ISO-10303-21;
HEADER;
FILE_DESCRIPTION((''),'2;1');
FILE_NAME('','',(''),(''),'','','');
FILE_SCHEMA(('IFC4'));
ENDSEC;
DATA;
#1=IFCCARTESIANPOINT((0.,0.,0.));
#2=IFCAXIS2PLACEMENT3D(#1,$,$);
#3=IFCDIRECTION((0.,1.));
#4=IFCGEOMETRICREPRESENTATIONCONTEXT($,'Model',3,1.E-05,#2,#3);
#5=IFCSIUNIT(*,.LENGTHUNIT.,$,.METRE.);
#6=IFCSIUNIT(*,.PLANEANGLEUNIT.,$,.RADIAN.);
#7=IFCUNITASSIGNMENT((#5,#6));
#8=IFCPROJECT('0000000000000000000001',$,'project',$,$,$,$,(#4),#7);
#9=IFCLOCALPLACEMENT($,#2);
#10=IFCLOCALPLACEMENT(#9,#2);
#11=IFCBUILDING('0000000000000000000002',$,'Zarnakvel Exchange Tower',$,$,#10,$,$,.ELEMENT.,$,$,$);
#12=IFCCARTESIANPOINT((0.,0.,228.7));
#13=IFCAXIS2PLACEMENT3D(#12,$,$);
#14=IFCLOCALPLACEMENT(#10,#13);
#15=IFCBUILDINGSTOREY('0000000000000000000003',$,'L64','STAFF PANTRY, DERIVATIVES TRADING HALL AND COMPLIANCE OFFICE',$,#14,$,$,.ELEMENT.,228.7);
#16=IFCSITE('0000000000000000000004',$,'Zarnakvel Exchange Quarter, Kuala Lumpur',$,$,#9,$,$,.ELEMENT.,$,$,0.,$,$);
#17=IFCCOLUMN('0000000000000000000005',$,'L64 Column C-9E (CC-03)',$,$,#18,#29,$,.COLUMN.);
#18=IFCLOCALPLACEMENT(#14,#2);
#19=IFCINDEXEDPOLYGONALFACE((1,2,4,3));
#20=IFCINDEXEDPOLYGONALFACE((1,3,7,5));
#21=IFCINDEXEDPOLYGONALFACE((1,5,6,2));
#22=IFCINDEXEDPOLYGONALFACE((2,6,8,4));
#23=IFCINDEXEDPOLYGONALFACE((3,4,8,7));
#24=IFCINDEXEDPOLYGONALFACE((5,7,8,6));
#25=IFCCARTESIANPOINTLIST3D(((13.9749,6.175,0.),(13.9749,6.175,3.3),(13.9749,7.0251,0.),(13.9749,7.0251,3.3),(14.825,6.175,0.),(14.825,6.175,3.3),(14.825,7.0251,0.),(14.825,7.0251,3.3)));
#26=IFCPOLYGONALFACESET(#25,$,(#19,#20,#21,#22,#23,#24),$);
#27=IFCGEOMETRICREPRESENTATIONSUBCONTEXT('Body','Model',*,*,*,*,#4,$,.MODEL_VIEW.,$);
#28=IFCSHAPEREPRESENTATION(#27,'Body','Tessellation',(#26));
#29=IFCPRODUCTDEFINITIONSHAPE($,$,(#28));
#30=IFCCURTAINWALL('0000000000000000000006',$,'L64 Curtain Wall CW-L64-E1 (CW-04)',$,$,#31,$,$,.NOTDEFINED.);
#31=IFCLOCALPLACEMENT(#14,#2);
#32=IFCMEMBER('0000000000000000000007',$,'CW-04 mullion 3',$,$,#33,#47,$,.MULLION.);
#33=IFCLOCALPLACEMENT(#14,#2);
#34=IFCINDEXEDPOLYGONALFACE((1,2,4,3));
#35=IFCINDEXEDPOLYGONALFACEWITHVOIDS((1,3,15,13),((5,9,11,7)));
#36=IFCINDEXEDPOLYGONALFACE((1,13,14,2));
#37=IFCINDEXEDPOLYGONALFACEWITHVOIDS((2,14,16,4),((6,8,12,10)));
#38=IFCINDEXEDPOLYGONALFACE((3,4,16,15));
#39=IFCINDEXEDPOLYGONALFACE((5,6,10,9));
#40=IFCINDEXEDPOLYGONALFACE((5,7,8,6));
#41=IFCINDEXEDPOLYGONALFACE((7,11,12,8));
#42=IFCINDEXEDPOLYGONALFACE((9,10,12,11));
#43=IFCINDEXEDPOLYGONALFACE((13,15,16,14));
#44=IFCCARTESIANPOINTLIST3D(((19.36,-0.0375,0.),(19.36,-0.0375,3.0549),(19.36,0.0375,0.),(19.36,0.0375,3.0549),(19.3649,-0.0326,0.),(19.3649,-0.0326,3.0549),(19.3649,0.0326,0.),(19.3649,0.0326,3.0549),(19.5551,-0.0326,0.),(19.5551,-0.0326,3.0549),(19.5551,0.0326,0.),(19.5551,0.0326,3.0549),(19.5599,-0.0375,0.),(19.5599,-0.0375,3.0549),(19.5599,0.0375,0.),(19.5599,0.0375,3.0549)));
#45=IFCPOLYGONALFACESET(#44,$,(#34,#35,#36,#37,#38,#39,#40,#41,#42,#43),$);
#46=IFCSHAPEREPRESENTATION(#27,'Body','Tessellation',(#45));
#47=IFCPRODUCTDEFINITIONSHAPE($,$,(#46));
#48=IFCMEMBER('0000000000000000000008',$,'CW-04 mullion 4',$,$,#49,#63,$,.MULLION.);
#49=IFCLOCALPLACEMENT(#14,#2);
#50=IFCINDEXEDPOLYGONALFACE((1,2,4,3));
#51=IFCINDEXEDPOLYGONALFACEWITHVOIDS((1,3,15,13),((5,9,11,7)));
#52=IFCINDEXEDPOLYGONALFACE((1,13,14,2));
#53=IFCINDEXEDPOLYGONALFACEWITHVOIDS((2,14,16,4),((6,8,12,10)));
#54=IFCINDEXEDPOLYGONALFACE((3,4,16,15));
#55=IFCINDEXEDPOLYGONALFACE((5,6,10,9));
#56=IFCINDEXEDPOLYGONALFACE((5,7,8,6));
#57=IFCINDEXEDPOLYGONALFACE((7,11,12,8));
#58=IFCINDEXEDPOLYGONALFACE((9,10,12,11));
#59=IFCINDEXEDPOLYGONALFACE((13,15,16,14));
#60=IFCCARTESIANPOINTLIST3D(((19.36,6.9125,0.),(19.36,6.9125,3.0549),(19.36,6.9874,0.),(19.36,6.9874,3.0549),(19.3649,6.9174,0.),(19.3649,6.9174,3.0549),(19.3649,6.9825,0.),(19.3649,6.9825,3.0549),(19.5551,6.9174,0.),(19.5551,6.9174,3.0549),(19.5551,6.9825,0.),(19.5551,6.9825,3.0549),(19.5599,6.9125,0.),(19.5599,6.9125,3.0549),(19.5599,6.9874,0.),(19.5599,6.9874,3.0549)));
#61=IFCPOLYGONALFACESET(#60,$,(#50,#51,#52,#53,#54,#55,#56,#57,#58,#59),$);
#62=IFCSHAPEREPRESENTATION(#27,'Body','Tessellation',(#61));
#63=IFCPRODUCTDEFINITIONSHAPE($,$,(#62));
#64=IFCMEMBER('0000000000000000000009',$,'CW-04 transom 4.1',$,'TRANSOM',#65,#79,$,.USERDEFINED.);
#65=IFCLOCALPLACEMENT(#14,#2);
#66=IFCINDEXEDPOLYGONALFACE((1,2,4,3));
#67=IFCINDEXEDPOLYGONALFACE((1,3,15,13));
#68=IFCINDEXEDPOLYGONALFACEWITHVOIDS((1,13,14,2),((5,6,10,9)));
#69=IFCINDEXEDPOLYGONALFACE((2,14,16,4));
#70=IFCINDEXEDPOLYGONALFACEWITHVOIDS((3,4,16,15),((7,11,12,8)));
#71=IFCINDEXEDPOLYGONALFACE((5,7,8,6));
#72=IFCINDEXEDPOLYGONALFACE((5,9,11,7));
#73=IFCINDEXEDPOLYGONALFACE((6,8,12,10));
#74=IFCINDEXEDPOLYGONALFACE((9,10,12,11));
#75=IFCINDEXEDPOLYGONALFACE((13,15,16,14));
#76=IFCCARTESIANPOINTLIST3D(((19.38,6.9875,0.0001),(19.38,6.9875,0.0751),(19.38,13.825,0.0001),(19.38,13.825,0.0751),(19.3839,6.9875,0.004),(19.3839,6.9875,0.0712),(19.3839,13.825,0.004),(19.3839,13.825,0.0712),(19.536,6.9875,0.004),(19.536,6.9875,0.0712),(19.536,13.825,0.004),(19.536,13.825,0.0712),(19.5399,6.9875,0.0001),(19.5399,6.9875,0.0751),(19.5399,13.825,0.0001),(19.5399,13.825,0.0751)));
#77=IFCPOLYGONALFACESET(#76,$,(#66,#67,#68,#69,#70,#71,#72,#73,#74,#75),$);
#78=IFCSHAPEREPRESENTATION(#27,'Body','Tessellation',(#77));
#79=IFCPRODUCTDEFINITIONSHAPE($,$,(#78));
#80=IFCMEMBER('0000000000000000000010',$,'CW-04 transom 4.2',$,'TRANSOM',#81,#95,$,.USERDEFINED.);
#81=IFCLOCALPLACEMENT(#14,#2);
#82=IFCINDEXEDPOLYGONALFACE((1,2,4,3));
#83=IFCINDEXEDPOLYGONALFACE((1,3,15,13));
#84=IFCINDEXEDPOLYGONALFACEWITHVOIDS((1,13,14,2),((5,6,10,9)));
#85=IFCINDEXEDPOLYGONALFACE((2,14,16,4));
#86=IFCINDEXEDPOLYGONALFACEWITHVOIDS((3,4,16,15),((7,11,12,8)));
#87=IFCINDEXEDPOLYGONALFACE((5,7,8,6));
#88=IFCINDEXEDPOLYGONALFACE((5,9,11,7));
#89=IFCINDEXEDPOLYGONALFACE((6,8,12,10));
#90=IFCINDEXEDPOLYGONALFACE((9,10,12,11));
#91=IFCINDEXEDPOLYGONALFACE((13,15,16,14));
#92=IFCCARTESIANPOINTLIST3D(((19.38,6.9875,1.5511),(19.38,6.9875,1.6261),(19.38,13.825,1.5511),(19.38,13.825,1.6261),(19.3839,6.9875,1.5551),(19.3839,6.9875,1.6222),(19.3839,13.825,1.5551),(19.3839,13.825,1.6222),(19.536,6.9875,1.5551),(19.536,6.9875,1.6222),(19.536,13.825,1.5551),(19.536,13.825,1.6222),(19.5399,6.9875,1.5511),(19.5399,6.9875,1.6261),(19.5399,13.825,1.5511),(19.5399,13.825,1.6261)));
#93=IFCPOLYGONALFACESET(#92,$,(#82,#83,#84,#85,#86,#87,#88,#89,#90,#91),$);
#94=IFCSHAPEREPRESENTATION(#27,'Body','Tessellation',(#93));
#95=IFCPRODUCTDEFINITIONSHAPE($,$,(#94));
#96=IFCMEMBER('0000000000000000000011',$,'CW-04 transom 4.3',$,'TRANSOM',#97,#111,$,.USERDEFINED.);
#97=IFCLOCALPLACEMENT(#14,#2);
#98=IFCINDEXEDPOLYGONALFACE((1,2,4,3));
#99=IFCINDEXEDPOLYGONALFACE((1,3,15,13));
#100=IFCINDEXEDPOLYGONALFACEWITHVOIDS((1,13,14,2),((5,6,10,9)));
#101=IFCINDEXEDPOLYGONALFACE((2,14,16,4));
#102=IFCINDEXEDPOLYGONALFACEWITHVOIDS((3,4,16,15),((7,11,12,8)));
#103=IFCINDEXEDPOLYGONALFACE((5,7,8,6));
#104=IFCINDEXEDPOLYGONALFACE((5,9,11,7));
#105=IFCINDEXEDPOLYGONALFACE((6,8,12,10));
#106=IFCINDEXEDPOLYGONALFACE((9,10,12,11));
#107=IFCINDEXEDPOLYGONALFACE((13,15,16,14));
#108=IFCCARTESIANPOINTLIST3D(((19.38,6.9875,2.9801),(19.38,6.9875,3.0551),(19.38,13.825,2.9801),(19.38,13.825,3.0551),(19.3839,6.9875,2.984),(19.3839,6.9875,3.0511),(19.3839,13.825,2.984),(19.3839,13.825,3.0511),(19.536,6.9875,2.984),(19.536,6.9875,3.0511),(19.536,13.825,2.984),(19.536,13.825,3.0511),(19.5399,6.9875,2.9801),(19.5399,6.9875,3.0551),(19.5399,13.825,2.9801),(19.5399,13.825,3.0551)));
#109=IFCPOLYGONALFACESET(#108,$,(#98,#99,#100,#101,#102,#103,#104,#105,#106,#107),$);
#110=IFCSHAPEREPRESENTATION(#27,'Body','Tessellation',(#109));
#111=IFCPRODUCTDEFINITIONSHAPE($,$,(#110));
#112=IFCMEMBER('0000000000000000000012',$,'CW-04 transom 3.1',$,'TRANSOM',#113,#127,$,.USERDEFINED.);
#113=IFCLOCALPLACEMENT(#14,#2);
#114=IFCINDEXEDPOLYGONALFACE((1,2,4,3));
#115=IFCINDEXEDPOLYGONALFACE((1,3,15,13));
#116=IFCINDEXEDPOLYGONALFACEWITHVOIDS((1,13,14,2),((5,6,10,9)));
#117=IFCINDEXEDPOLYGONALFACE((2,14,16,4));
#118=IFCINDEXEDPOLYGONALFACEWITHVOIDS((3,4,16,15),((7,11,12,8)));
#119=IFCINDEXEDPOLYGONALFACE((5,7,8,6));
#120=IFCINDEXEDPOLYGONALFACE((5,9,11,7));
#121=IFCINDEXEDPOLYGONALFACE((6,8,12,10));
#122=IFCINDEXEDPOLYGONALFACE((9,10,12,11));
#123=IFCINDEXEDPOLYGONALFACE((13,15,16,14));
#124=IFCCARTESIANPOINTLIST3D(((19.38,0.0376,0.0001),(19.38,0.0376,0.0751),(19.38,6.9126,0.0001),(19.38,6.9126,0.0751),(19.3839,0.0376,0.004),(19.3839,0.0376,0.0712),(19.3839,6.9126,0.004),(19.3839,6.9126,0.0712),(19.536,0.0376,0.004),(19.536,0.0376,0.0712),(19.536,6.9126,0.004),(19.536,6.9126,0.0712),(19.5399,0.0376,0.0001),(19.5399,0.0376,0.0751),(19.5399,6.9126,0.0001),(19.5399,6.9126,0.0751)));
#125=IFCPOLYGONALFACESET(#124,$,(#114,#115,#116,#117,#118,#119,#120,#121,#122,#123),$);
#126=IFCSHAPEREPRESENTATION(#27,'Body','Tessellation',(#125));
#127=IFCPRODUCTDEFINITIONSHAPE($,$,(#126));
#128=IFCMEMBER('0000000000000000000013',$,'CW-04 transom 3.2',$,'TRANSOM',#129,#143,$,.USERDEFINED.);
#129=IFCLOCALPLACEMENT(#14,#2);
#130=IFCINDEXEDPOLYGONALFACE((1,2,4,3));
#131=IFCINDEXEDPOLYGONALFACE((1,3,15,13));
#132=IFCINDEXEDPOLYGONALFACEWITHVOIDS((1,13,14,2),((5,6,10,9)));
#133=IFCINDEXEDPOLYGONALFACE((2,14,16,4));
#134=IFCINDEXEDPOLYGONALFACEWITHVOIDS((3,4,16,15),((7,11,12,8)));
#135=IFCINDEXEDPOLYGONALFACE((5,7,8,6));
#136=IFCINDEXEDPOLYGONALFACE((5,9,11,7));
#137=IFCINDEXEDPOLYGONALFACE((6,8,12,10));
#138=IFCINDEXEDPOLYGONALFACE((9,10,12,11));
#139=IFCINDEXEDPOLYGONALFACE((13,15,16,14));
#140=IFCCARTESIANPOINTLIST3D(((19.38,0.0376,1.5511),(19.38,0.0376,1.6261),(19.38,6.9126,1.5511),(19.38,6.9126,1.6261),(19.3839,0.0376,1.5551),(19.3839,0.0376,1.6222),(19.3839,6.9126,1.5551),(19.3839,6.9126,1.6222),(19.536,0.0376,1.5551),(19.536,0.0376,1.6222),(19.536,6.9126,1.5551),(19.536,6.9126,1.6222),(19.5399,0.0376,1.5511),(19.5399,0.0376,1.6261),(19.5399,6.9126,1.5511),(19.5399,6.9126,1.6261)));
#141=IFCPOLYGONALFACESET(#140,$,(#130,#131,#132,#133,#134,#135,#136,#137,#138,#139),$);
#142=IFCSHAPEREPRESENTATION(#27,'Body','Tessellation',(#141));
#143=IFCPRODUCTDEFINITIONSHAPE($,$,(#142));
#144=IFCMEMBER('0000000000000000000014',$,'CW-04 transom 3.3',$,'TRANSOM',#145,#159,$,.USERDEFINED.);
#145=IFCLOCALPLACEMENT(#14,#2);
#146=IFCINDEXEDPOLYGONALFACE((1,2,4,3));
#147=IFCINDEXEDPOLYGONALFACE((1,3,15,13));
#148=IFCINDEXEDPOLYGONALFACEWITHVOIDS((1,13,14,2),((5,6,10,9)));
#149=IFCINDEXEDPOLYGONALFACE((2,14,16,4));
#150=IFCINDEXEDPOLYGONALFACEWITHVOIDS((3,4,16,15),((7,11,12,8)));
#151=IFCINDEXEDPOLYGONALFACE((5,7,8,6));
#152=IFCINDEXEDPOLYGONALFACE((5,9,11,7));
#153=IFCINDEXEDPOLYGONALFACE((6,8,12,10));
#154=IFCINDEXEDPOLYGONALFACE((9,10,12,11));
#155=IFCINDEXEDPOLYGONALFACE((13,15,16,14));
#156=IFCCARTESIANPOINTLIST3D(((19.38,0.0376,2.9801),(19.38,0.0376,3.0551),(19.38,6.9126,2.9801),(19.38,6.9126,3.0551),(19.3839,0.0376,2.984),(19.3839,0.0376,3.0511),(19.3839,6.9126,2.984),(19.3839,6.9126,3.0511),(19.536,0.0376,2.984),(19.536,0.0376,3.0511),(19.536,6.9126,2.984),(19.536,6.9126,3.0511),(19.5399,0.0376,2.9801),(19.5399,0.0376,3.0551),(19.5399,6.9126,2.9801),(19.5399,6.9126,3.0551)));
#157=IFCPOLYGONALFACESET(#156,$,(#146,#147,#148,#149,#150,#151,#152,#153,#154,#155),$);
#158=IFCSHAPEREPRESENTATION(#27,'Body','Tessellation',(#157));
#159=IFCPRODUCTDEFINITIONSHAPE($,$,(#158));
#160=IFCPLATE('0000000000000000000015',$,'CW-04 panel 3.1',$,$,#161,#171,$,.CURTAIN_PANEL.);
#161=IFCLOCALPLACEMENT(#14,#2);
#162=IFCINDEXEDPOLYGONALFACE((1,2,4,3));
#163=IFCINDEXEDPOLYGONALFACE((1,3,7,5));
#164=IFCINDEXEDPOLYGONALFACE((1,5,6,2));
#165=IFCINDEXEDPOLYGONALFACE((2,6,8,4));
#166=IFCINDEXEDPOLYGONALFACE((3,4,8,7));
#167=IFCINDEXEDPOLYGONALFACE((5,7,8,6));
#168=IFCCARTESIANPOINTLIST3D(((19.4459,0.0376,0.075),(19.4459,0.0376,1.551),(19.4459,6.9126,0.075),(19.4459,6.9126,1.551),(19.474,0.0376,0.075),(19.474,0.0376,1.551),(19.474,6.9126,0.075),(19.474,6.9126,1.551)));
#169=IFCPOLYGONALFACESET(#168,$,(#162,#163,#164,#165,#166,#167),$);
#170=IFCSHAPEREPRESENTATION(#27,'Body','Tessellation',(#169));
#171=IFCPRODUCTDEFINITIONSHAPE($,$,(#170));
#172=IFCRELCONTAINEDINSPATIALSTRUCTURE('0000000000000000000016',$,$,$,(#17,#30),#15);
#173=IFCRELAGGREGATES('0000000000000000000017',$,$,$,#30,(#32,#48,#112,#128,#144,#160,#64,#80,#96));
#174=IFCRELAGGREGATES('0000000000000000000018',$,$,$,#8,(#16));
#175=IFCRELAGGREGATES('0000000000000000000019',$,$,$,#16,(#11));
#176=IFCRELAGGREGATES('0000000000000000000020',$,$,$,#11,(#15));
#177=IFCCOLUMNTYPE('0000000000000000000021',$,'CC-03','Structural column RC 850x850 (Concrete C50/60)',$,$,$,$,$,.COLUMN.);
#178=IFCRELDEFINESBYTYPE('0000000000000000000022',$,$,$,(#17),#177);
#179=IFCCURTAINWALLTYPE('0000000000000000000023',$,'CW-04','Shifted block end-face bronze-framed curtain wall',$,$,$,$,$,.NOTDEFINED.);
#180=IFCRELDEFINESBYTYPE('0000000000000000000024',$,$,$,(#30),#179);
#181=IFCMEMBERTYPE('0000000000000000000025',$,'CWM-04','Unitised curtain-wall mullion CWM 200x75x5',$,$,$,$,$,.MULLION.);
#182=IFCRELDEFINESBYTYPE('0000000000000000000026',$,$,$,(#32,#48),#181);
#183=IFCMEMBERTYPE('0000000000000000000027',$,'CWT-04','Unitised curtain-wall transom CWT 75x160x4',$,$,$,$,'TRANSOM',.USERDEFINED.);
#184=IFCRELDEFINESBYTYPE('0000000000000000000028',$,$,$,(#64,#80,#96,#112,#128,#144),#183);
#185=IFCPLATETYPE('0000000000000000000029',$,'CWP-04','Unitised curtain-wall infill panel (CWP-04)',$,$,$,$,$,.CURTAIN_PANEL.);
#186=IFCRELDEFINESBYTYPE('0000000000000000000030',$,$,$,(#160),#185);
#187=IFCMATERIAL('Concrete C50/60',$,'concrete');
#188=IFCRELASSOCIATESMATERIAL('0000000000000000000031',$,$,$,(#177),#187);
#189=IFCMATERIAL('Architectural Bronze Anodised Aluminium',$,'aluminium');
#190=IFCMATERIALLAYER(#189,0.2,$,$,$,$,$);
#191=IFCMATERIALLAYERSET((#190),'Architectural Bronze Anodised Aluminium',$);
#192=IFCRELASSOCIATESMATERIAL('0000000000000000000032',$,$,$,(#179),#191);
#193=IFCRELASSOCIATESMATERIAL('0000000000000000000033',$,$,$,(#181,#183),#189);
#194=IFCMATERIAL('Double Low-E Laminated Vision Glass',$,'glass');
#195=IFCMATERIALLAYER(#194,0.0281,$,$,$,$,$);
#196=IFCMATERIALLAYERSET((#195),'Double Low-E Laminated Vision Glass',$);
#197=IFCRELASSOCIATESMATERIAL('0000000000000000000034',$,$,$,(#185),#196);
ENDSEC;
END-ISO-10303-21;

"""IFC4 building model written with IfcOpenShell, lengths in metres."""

from ifc_helpers import new_model, si_unit, direction, frame, origin, origin_2d, place, context, subcontext, project, spatial, rectangle, hollow_rectangle, extrude, source, transform, mapped, material, layer, layer_set, material_profile, profile_set, type_object, element, aggregate, save


model = new_model("IFC4")

# Units and contexts
model_context = context("Model", 3, precision=1e-05, world=origin(), true_north=direction((0.0, 1.0)))
body_context = subcontext(model_context, "Body", "Model", "MODEL_VIEW")
ifc_project = project(units=[si_unit("LENGTHUNIT", "METRE"), si_unit("PLANEANGLEUNIT", "RADIAN")], contexts=[model_context])

# Site, building, storey
site_placement = place(None, origin())
site = spatial("IfcSite", under=ifc_project, at=site_placement, Name="Zarnakvel Exchange Quarter, Kuala Lumpur", CompositionType="ELEMENT", RefElevation=0.0)
building_placement = place(site_placement, origin())
building = spatial("IfcBuilding", under=site, at=building_placement, Name="Zarnakvel Exchange Tower", CompositionType="ELEMENT")
storey_placement = place(building_placement, frame((0.0, 0.0, 228.7)))
storey = spatial("IfcBuildingStorey", under=building, at=storey_placement, Name="L64", Description="STAFF PANTRY, DERIVATIVES TRADING HALL AND COMPLIANCE OFFICE", CompositionType="ELEMENT", Elevation=228.7)

# Column
ifc_material_1 = material(Name="Concrete C50/60", Category="concrete")
ifc_material_profile_1 = material_profile(ifc_material_1, rectangle(XDim=0.8501, YDim=0.8501, at=origin_2d()))
ifc_profile_set_1 = profile_set([ifc_material_profile_1], Name="Concrete C50/60")
column_type = type_object("IfcColumnType", Name="CC-03", Description="Structural column RC 850x850 (Concrete C50/60)", PredefinedType="COLUMN", material=ifc_profile_set_1)
column_placement = place(storey_placement, frame((14.3999, 6.6001, 0.0), z_axis=(0.0, 0.0, 1.0), x_axis=(1.0, 0.0, 0.0)))
element("IfcColumn", 1, at=column_placement, inside=storey, type_object=column_type, Name="L64 Column C-9E (CC-03)", PredefinedType="COLUMN", context=body_context, shape_type="SweptSolid", body=[
    extrude(rectangle(XDim=0.8501, YDim=0.8501, at=origin_2d()), origin(), (0.0, 0.0, 1.0), 3.3),
])

# Curtain wall, members, plate
ifc_material_2 = material(Name="Architectural Bronze Anodised Aluminium", Category="aluminium")
ifc_layer_1 = layer(ifc_material_2, 0.2)
ifc_layer_set_1 = layer_set([ifc_layer_1], Name="Architectural Bronze Anodised Aluminium")
curtain_wall_type = type_object("IfcCurtainWallType", Name="CW-04", Description="Shifted block end-face bronze-framed curtain wall", PredefinedType="NOTDEFINED", material=ifc_layer_set_1)
curtain_wall_placement = place(storey_placement, origin())
curtain_wall = element("IfcCurtainWall", 2, at=curtain_wall_placement, inside=storey, type_object=curtain_wall_type, Name="L64 Curtain Wall CW-L64-E1 (CW-04)", PredefinedType="NOTDEFINED")
ifc_material_profile_2 = material_profile(ifc_material_2, hollow_rectangle(XDim=0.2, YDim=0.075, WallThickness=0.0049, at=origin_2d()))
ifc_profile_set_2 = profile_set([ifc_material_profile_2], Name="Architectural Bronze Anodised Aluminium")
member_type_1 = type_object("IfcMemberType", Name="CWM-04", Description="Unitised curtain-wall mullion CWM 200x75x5", PredefinedType="MULLION", material=ifc_profile_set_2)
shared_shape_1 = source(origin(), body_context, "Body", "SweptSolid", [
    extrude(hollow_rectangle(XDim=0.2, YDim=0.075, WallThickness=0.0049, at=origin_2d()), origin(), (0.0, 0.0, 1.0), 3.0549),
])
member_1_placement = place(storey_placement, frame((19.46, 0.0, 0.0), z_axis=(0.0, 0.0, 1.0), x_axis=(-1.0, 0.0, 0.0)))
member_1 = element("IfcMember", 3, at=member_1_placement, type_object=member_type_1, Name="CW-04 mullion 3", PredefinedType="MULLION", context=body_context, shape_type="MappedRepresentation", body=[
    mapped(shared_shape_1, transform((0.0, 0.0, 0.0), x_axis=(1.0, 0.0, 0.0), y_axis=(0.0, 1.0, 0.0), z_axis=(0.0, 0.0, 1.0), scale=1.0)),
])
member_2_placement = place(storey_placement, frame((19.46, 6.95, 0.0), z_axis=(0.0, 0.0, 1.0), x_axis=(-1.0, 0.0, 0.0)))
member_2 = element("IfcMember", 4, at=member_2_placement, type_object=member_type_1, Name="CW-04 mullion 4", PredefinedType="MULLION", context=body_context, shape_type="MappedRepresentation", body=[
    mapped(shared_shape_1, transform((0.0, 0.0, 0.0), x_axis=(1.0, 0.0, 0.0), y_axis=(0.0, 1.0, 0.0), z_axis=(0.0, 0.0, 1.0), scale=1.0)),
])
ifc_material_profile_3 = material_profile(ifc_material_2, hollow_rectangle(XDim=0.1599, YDim=0.075, WallThickness=0.0039, at=origin_2d()))
ifc_profile_set_3 = profile_set([ifc_material_profile_3], Name="Architectural Bronze Anodised Aluminium")
member_type_2 = type_object("IfcMemberType", Name="CWT-04", Description="Unitised curtain-wall transom CWT 75x160x4", ElementType="TRANSOM", PredefinedType="USERDEFINED", material=ifc_profile_set_3)
shared_shape_2 = source(origin(), body_context, "Body", "SweptSolid", [
    extrude(hollow_rectangle(XDim=0.1599, YDim=0.075, WallThickness=0.0039, at=origin_2d()), origin(), (0.0, 0.0, 1.0), 6.8374),
])
member_3_placement = place(storey_placement, frame((19.46, 6.9875, 0.0376), z_axis=(0.0, 1.0, 0.0), x_axis=(-1.0, 0.0, 0.0)))
member_3 = element("IfcMember", 5, at=member_3_placement, type_object=member_type_2, Name="CW-04 transom 4.1", ObjectType="TRANSOM", PredefinedType="USERDEFINED", context=body_context, shape_type="MappedRepresentation", body=[
    mapped(shared_shape_2, transform((0.0, 0.0, 0.0), x_axis=(1.0, 0.0, 0.0), y_axis=(0.0, 1.0, 0.0), z_axis=(0.0, 0.0, 1.0), scale=1.0)),
])
member_4_placement = place(storey_placement, frame((19.46, 6.9875, 1.5886), z_axis=(0.0, 1.0, 0.0), x_axis=(-1.0, 0.0, 0.0)))
member_4 = element("IfcMember", 6, at=member_4_placement, type_object=member_type_2, Name="CW-04 transom 4.2", ObjectType="TRANSOM", PredefinedType="USERDEFINED", context=body_context, shape_type="MappedRepresentation", body=[
    mapped(shared_shape_2, transform((0.0, 0.0, 0.0), x_axis=(1.0, 0.0, 0.0), y_axis=(0.0, 1.0, 0.0), z_axis=(0.0, 0.0, 1.0), scale=1.0)),
])
member_5_placement = place(storey_placement, frame((19.46, 6.9875, 3.0176), z_axis=(0.0, 1.0, 0.0), x_axis=(-1.0, 0.0, 0.0)))
member_5 = element("IfcMember", 7, at=member_5_placement, type_object=member_type_2, Name="CW-04 transom 4.3", ObjectType="TRANSOM", PredefinedType="USERDEFINED", context=body_context, shape_type="MappedRepresentation", body=[
    mapped(shared_shape_2, transform((0.0, 0.0, 0.0), x_axis=(1.0, 0.0, 0.0), y_axis=(0.0, 1.0, 0.0), z_axis=(0.0, 0.0, 1.0), scale=1.0)),
])
shared_shape_3 = source(origin(), body_context, "Body", "SweptSolid", [
    extrude(hollow_rectangle(XDim=0.1599, YDim=0.075, WallThickness=0.0039, at=origin_2d()), origin(), (0.0, 0.0, 1.0), 6.875),
])
member_6_placement = place(storey_placement, frame((19.46, 0.0376, 0.0376), z_axis=(0.0, 1.0, 0.0), x_axis=(-1.0, 0.0, 0.0)))
member_6 = element("IfcMember", 8, at=member_6_placement, type_object=member_type_2, Name="CW-04 transom 3.1", ObjectType="TRANSOM", PredefinedType="USERDEFINED", context=body_context, shape_type="MappedRepresentation", body=[
    mapped(shared_shape_3, transform((0.0, 0.0, 0.0), x_axis=(1.0, 0.0, 0.0), y_axis=(0.0, 1.0, 0.0), z_axis=(0.0, 0.0, 1.0), scale=1.0)),
])
member_7_placement = place(storey_placement, frame((19.46, 0.0376, 1.5886), z_axis=(0.0, 1.0, 0.0), x_axis=(-1.0, 0.0, 0.0)))
member_7 = element("IfcMember", 9, at=member_7_placement, type_object=member_type_2, Name="CW-04 transom 3.2", ObjectType="TRANSOM", PredefinedType="USERDEFINED", context=body_context, shape_type="MappedRepresentation", body=[
    mapped(shared_shape_3, transform((0.0, 0.0, 0.0), x_axis=(1.0, 0.0, 0.0), y_axis=(0.0, 1.0, 0.0), z_axis=(0.0, 0.0, 1.0), scale=1.0)),
])
member_8_placement = place(storey_placement, frame((19.46, 0.0376, 3.0176), z_axis=(0.0, 1.0, 0.0), x_axis=(-1.0, 0.0, 0.0)))
member_8 = element("IfcMember", 10, at=member_8_placement, type_object=member_type_2, Name="CW-04 transom 3.3", ObjectType="TRANSOM", PredefinedType="USERDEFINED", context=body_context, shape_type="MappedRepresentation", body=[
    mapped(shared_shape_3, transform((0.0, 0.0, 0.0), x_axis=(1.0, 0.0, 0.0), y_axis=(0.0, 1.0, 0.0), z_axis=(0.0, 0.0, 1.0), scale=1.0)),
])
ifc_material_3 = material(Name="Double Low-E Laminated Vision Glass", Category="glass")
ifc_layer_2 = layer(ifc_material_3, 0.0281)
ifc_layer_set_2 = layer_set([ifc_layer_2], Name="Double Low-E Laminated Vision Glass")
plate_type = type_object("IfcPlateType", Name="CWP-04", Description="Unitised curtain-wall infill panel (CWP-04)", PredefinedType="CURTAIN_PANEL", material=ifc_layer_set_2)
shared_shape_4 = source(origin(), body_context, "Body", "SweptSolid", [
    extrude(rectangle(XDim=6.875, YDim=0.0281, at=origin_2d()), origin(), (0.0, 0.0, 1.0), 1.4761),
])
plate_1_placement = place(storey_placement, frame((19.46, 3.4751, 0.075), z_axis=(0.0, 0.0, 1.0), x_axis=(0.0, 1.0, 0.0)))
plate_1 = element("IfcPlate", 11, at=plate_1_placement, type_object=plate_type, Name="CW-04 panel 3.1", PredefinedType="CURTAIN_PANEL", context=body_context, shape_type="MappedRepresentation", body=[
    mapped(shared_shape_4, transform((0.0, 0.0, 0.0), x_axis=(1.0, 0.0, 0.0), y_axis=(0.0, 1.0, 0.0), z_axis=(0.0, 0.0, 1.0), scale=1.0)),
])
aggregate(curtain_wall, [member_1, member_2, member_6, member_7, member_8, plate_1, member_3, member_4, member_5])

save(model, "model.ifc")
